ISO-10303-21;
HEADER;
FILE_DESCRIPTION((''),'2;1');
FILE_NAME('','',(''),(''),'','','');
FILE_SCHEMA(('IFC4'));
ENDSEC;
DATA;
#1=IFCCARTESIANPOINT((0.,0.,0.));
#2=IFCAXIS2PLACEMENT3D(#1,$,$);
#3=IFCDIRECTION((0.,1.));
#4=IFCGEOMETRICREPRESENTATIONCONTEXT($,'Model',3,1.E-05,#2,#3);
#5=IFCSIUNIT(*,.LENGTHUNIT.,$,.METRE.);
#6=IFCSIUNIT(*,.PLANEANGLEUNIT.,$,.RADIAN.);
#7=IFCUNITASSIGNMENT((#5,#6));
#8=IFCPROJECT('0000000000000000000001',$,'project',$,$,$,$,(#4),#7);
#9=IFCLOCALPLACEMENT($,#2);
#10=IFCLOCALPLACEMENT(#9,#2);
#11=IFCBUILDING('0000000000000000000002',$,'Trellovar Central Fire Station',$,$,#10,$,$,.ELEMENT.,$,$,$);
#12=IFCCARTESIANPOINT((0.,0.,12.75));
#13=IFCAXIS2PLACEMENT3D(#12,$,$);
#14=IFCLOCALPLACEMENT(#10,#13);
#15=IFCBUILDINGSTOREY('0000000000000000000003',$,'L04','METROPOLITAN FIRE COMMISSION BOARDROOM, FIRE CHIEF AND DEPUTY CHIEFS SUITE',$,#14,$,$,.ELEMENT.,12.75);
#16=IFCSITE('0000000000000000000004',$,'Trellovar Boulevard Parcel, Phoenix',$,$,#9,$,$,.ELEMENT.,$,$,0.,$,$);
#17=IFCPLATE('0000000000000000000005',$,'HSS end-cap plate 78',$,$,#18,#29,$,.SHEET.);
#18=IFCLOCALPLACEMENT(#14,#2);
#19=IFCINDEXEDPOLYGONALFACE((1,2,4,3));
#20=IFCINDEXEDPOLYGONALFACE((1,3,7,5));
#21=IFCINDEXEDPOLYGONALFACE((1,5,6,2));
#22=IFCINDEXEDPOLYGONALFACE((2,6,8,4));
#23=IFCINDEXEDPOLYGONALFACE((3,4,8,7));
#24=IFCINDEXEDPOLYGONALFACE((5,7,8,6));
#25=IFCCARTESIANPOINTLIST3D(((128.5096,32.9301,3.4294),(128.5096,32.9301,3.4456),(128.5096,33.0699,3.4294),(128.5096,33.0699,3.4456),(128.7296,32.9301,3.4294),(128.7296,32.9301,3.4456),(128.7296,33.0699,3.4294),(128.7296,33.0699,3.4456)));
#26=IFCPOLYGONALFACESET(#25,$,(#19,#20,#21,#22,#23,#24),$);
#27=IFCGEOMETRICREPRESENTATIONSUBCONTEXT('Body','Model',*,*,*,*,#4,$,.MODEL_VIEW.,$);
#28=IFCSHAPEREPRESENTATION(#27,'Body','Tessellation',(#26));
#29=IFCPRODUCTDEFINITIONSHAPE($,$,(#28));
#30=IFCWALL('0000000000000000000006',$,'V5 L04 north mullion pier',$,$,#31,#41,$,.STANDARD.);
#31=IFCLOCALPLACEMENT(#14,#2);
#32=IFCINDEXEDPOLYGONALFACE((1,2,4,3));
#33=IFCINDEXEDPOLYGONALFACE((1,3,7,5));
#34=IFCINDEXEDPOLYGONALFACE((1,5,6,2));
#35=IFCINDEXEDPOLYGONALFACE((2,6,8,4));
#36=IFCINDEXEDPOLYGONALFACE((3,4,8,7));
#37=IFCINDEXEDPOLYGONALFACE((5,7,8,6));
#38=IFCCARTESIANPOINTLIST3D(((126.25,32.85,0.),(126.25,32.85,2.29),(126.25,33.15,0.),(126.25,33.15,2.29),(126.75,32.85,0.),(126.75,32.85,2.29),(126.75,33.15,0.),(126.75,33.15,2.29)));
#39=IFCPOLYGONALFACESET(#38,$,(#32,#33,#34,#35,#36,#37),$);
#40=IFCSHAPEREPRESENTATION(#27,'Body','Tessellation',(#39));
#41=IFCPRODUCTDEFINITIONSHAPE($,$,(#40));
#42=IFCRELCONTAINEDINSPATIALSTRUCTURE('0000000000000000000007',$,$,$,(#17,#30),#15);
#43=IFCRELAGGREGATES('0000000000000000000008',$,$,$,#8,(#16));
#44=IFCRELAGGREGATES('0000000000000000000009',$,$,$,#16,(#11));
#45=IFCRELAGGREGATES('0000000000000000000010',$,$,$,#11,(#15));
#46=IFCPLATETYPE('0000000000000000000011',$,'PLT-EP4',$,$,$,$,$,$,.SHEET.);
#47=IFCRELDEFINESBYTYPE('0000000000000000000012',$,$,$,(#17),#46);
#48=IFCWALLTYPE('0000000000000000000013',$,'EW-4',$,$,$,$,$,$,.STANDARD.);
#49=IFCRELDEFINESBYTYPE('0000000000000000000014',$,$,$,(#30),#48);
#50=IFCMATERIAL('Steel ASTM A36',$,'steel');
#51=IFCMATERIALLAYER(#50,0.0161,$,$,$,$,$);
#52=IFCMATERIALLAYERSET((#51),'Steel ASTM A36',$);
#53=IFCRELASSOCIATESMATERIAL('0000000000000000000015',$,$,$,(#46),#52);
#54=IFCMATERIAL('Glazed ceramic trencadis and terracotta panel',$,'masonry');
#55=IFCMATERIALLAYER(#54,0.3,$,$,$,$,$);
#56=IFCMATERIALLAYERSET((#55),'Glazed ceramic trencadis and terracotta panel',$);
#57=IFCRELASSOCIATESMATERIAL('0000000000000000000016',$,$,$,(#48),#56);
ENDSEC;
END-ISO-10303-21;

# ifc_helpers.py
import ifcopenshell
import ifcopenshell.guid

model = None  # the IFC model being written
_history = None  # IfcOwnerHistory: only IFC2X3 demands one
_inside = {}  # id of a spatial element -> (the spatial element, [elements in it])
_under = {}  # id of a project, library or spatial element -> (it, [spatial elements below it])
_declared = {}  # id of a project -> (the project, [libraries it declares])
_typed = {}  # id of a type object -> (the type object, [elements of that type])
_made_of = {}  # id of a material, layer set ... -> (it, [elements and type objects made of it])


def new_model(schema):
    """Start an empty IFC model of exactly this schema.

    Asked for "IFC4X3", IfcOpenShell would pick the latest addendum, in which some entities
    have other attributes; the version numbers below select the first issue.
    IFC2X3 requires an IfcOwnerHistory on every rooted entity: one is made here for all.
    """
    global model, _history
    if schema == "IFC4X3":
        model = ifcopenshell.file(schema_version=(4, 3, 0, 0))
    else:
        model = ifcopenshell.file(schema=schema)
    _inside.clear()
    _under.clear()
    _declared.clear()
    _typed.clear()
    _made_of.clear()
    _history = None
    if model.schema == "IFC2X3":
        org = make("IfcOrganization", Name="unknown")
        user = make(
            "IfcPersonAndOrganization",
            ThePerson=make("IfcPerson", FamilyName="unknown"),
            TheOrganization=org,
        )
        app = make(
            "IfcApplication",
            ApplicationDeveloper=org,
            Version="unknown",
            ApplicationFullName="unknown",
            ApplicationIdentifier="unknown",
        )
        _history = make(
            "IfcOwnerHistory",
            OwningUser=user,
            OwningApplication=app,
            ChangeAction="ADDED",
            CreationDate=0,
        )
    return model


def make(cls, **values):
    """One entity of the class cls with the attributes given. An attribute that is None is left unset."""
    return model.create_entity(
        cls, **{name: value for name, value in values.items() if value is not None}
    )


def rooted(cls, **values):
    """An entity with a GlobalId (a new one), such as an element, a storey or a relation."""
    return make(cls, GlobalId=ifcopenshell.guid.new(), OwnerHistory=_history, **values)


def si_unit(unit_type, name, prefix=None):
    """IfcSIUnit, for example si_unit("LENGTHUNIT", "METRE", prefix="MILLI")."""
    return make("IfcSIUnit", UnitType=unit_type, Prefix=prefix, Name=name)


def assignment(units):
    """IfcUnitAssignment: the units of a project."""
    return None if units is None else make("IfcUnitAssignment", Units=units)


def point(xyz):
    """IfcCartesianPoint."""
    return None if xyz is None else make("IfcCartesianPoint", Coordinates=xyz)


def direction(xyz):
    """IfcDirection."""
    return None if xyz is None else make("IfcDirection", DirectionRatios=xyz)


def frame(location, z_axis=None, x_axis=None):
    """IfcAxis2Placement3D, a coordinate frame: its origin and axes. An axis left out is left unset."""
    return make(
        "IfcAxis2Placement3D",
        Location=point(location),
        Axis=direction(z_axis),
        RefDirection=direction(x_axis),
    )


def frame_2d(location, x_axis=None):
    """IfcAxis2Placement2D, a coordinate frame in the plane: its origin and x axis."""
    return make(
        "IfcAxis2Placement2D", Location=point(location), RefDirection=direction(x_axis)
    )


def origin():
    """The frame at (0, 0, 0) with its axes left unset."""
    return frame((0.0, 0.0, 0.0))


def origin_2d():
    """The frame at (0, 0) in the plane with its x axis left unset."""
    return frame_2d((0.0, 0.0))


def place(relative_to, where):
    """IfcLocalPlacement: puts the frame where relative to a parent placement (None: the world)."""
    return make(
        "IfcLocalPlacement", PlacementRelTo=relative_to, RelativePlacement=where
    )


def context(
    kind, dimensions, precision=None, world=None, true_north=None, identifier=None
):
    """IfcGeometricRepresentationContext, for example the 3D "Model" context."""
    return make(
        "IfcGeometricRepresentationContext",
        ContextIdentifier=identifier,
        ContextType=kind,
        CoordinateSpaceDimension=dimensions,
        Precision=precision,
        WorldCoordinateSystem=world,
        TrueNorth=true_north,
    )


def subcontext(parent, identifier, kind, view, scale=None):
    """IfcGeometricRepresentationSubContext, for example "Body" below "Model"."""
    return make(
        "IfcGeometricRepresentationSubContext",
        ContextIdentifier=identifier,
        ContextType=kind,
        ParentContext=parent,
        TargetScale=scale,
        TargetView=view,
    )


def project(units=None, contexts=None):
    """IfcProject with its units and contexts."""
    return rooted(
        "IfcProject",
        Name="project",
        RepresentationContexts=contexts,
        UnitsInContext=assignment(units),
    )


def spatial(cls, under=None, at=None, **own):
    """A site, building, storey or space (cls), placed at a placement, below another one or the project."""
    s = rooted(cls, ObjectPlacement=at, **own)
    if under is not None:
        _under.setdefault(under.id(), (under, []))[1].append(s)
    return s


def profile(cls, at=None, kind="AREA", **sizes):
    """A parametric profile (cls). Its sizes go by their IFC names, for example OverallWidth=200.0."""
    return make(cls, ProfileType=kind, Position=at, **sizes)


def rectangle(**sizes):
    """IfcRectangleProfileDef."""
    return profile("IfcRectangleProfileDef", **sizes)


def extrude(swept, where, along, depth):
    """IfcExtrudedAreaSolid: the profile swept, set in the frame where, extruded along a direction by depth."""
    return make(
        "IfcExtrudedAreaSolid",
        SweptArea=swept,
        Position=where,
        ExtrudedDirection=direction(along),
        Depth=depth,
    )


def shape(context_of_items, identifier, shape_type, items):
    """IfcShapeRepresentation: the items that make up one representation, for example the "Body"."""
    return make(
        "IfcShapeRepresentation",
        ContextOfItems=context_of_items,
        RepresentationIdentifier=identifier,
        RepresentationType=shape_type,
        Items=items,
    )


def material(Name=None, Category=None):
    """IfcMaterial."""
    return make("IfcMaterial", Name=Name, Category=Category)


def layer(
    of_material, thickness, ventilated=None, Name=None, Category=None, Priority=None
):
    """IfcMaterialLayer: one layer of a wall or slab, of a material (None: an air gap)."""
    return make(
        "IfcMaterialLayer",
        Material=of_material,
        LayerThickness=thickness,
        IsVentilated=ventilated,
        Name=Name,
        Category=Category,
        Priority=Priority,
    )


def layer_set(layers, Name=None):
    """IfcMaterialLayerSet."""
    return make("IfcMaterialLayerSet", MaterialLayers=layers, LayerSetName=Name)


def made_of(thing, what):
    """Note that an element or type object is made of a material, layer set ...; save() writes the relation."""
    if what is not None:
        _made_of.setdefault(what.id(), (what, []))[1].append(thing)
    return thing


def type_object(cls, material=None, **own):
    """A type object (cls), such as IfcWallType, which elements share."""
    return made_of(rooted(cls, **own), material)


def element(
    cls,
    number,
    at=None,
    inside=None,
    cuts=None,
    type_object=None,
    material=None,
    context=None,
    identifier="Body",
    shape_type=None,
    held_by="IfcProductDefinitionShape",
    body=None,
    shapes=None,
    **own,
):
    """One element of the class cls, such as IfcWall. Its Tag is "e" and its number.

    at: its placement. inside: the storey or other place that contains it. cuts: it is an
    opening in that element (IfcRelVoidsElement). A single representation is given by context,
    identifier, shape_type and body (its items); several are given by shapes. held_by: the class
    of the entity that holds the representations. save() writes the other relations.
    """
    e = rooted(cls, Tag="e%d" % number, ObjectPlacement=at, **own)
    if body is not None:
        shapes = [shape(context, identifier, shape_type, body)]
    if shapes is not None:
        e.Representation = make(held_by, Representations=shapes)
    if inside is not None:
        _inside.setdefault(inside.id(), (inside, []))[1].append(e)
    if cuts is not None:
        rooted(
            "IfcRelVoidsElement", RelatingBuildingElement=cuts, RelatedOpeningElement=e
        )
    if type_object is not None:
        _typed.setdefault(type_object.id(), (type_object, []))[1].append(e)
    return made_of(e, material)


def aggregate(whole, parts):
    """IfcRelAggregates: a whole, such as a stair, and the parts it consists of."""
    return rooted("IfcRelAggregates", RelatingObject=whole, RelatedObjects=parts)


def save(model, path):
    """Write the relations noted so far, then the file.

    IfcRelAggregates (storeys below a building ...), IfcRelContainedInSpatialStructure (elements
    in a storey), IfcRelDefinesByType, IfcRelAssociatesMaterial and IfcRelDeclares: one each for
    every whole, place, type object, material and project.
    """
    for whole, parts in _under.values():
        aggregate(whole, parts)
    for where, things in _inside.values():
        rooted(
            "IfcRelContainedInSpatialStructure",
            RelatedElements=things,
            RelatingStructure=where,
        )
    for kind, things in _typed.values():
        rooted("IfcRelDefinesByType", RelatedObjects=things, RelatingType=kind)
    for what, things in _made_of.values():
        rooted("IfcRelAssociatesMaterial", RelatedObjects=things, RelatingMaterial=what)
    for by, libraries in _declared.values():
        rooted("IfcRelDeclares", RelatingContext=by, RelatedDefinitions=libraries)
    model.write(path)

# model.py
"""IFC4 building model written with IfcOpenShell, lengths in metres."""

from ifc_helpers import new_model, si_unit, direction, frame, frame_2d, origin, origin_2d, place, context, subcontext, project, spatial, rectangle, extrude, material, layer, layer_set, type_object, element, save


model = new_model("IFC4")

# Units and contexts
model_context = context("Model", 3, precision=1e-05, world=origin(), true_north=direction((0.0, 1.0)))
body_context = subcontext(model_context, "Body", "Model", "MODEL_VIEW")
ifc_project = project(units=[si_unit("LENGTHUNIT", "METRE"), si_unit("PLANEANGLEUNIT", "RADIAN")], contexts=[model_context])

# Site, building, storey
site_placement = place(None, origin())
site = spatial("IfcSite", under=ifc_project, at=site_placement, Name="Trellovar Boulevard Parcel, Phoenix", CompositionType="ELEMENT", RefElevation=0.0)
building_placement = place(site_placement, origin())
building = spatial("IfcBuilding", under=site, at=building_placement, Name="Trellovar Central Fire Station", CompositionType="ELEMENT")
storey_placement = place(building_placement, frame((0.0, 0.0, 12.75)))
storey = spatial("IfcBuildingStorey", under=building, at=storey_placement, Name="L04", Description="METROPOLITAN FIRE COMMISSION BOARDROOM, FIRE CHIEF AND DEPUTY CHIEFS SUITE", CompositionType="ELEMENT", Elevation=12.75)

# Plate
ifc_material_1 = material(Name="Steel ASTM A36", Category="steel")
ifc_layer_1 = layer(ifc_material_1, 0.0161)
ifc_layer_set_1 = layer_set([ifc_layer_1], Name="Steel ASTM A36")
plate_type_1 = type_object("IfcPlateType", Name="PLT-EP4", PredefinedType="SHEET", material=ifc_layer_set_1)
plate_1_placement = place(storey_placement, frame((128.6196, 33.0, 3.4294), z_axis=(0.0, 0.0, 1.0), x_axis=(1.0, 0.0, 0.0)))
element("IfcPlate", 1, at=plate_1_placement, inside=storey, type_object=plate_type_1, Name="HSS end-cap plate 78", PredefinedType="SHEET", context=body_context, shape_type="SweptSolid", body=[
    extrude(rectangle(XDim=0.22, YDim=0.1399, at=origin_2d()), origin(), (0.0, 0.0, 1.0), 0.0161),
])

# Wall
ifc_material_2 = material(Name="Glazed ceramic trencadis and terracotta panel", Category="masonry")
ifc_layer_2 = layer(ifc_material_2, 0.3)
ifc_layer_set_2 = layer_set([ifc_layer_2], Name="Glazed ceramic trencadis and terracotta panel")
wall_type = type_object("IfcWallType", Name="EW-4", PredefinedType="STANDARD", material=ifc_layer_set_2)
wall_placement = place(storey_placement, frame((126.75, 33.0, 0.0), z_axis=(0.0, 0.0, 1.0), x_axis=(-1.0, 0.0, 0.0)))
element("IfcWall", 2, at=wall_placement, inside=storey, type_object=wall_type, Name="V5 L04 north mullion pier", PredefinedType="STANDARD", context=body_context, shape_type="SweptSolid", body=[
    extrude(rectangle(XDim=0.5, YDim=0.3, at=frame_2d((0.25, 0.0))), origin(), (0.0, 0.0, 1.0), 2.29),
])

save(model, "model.ifc")
